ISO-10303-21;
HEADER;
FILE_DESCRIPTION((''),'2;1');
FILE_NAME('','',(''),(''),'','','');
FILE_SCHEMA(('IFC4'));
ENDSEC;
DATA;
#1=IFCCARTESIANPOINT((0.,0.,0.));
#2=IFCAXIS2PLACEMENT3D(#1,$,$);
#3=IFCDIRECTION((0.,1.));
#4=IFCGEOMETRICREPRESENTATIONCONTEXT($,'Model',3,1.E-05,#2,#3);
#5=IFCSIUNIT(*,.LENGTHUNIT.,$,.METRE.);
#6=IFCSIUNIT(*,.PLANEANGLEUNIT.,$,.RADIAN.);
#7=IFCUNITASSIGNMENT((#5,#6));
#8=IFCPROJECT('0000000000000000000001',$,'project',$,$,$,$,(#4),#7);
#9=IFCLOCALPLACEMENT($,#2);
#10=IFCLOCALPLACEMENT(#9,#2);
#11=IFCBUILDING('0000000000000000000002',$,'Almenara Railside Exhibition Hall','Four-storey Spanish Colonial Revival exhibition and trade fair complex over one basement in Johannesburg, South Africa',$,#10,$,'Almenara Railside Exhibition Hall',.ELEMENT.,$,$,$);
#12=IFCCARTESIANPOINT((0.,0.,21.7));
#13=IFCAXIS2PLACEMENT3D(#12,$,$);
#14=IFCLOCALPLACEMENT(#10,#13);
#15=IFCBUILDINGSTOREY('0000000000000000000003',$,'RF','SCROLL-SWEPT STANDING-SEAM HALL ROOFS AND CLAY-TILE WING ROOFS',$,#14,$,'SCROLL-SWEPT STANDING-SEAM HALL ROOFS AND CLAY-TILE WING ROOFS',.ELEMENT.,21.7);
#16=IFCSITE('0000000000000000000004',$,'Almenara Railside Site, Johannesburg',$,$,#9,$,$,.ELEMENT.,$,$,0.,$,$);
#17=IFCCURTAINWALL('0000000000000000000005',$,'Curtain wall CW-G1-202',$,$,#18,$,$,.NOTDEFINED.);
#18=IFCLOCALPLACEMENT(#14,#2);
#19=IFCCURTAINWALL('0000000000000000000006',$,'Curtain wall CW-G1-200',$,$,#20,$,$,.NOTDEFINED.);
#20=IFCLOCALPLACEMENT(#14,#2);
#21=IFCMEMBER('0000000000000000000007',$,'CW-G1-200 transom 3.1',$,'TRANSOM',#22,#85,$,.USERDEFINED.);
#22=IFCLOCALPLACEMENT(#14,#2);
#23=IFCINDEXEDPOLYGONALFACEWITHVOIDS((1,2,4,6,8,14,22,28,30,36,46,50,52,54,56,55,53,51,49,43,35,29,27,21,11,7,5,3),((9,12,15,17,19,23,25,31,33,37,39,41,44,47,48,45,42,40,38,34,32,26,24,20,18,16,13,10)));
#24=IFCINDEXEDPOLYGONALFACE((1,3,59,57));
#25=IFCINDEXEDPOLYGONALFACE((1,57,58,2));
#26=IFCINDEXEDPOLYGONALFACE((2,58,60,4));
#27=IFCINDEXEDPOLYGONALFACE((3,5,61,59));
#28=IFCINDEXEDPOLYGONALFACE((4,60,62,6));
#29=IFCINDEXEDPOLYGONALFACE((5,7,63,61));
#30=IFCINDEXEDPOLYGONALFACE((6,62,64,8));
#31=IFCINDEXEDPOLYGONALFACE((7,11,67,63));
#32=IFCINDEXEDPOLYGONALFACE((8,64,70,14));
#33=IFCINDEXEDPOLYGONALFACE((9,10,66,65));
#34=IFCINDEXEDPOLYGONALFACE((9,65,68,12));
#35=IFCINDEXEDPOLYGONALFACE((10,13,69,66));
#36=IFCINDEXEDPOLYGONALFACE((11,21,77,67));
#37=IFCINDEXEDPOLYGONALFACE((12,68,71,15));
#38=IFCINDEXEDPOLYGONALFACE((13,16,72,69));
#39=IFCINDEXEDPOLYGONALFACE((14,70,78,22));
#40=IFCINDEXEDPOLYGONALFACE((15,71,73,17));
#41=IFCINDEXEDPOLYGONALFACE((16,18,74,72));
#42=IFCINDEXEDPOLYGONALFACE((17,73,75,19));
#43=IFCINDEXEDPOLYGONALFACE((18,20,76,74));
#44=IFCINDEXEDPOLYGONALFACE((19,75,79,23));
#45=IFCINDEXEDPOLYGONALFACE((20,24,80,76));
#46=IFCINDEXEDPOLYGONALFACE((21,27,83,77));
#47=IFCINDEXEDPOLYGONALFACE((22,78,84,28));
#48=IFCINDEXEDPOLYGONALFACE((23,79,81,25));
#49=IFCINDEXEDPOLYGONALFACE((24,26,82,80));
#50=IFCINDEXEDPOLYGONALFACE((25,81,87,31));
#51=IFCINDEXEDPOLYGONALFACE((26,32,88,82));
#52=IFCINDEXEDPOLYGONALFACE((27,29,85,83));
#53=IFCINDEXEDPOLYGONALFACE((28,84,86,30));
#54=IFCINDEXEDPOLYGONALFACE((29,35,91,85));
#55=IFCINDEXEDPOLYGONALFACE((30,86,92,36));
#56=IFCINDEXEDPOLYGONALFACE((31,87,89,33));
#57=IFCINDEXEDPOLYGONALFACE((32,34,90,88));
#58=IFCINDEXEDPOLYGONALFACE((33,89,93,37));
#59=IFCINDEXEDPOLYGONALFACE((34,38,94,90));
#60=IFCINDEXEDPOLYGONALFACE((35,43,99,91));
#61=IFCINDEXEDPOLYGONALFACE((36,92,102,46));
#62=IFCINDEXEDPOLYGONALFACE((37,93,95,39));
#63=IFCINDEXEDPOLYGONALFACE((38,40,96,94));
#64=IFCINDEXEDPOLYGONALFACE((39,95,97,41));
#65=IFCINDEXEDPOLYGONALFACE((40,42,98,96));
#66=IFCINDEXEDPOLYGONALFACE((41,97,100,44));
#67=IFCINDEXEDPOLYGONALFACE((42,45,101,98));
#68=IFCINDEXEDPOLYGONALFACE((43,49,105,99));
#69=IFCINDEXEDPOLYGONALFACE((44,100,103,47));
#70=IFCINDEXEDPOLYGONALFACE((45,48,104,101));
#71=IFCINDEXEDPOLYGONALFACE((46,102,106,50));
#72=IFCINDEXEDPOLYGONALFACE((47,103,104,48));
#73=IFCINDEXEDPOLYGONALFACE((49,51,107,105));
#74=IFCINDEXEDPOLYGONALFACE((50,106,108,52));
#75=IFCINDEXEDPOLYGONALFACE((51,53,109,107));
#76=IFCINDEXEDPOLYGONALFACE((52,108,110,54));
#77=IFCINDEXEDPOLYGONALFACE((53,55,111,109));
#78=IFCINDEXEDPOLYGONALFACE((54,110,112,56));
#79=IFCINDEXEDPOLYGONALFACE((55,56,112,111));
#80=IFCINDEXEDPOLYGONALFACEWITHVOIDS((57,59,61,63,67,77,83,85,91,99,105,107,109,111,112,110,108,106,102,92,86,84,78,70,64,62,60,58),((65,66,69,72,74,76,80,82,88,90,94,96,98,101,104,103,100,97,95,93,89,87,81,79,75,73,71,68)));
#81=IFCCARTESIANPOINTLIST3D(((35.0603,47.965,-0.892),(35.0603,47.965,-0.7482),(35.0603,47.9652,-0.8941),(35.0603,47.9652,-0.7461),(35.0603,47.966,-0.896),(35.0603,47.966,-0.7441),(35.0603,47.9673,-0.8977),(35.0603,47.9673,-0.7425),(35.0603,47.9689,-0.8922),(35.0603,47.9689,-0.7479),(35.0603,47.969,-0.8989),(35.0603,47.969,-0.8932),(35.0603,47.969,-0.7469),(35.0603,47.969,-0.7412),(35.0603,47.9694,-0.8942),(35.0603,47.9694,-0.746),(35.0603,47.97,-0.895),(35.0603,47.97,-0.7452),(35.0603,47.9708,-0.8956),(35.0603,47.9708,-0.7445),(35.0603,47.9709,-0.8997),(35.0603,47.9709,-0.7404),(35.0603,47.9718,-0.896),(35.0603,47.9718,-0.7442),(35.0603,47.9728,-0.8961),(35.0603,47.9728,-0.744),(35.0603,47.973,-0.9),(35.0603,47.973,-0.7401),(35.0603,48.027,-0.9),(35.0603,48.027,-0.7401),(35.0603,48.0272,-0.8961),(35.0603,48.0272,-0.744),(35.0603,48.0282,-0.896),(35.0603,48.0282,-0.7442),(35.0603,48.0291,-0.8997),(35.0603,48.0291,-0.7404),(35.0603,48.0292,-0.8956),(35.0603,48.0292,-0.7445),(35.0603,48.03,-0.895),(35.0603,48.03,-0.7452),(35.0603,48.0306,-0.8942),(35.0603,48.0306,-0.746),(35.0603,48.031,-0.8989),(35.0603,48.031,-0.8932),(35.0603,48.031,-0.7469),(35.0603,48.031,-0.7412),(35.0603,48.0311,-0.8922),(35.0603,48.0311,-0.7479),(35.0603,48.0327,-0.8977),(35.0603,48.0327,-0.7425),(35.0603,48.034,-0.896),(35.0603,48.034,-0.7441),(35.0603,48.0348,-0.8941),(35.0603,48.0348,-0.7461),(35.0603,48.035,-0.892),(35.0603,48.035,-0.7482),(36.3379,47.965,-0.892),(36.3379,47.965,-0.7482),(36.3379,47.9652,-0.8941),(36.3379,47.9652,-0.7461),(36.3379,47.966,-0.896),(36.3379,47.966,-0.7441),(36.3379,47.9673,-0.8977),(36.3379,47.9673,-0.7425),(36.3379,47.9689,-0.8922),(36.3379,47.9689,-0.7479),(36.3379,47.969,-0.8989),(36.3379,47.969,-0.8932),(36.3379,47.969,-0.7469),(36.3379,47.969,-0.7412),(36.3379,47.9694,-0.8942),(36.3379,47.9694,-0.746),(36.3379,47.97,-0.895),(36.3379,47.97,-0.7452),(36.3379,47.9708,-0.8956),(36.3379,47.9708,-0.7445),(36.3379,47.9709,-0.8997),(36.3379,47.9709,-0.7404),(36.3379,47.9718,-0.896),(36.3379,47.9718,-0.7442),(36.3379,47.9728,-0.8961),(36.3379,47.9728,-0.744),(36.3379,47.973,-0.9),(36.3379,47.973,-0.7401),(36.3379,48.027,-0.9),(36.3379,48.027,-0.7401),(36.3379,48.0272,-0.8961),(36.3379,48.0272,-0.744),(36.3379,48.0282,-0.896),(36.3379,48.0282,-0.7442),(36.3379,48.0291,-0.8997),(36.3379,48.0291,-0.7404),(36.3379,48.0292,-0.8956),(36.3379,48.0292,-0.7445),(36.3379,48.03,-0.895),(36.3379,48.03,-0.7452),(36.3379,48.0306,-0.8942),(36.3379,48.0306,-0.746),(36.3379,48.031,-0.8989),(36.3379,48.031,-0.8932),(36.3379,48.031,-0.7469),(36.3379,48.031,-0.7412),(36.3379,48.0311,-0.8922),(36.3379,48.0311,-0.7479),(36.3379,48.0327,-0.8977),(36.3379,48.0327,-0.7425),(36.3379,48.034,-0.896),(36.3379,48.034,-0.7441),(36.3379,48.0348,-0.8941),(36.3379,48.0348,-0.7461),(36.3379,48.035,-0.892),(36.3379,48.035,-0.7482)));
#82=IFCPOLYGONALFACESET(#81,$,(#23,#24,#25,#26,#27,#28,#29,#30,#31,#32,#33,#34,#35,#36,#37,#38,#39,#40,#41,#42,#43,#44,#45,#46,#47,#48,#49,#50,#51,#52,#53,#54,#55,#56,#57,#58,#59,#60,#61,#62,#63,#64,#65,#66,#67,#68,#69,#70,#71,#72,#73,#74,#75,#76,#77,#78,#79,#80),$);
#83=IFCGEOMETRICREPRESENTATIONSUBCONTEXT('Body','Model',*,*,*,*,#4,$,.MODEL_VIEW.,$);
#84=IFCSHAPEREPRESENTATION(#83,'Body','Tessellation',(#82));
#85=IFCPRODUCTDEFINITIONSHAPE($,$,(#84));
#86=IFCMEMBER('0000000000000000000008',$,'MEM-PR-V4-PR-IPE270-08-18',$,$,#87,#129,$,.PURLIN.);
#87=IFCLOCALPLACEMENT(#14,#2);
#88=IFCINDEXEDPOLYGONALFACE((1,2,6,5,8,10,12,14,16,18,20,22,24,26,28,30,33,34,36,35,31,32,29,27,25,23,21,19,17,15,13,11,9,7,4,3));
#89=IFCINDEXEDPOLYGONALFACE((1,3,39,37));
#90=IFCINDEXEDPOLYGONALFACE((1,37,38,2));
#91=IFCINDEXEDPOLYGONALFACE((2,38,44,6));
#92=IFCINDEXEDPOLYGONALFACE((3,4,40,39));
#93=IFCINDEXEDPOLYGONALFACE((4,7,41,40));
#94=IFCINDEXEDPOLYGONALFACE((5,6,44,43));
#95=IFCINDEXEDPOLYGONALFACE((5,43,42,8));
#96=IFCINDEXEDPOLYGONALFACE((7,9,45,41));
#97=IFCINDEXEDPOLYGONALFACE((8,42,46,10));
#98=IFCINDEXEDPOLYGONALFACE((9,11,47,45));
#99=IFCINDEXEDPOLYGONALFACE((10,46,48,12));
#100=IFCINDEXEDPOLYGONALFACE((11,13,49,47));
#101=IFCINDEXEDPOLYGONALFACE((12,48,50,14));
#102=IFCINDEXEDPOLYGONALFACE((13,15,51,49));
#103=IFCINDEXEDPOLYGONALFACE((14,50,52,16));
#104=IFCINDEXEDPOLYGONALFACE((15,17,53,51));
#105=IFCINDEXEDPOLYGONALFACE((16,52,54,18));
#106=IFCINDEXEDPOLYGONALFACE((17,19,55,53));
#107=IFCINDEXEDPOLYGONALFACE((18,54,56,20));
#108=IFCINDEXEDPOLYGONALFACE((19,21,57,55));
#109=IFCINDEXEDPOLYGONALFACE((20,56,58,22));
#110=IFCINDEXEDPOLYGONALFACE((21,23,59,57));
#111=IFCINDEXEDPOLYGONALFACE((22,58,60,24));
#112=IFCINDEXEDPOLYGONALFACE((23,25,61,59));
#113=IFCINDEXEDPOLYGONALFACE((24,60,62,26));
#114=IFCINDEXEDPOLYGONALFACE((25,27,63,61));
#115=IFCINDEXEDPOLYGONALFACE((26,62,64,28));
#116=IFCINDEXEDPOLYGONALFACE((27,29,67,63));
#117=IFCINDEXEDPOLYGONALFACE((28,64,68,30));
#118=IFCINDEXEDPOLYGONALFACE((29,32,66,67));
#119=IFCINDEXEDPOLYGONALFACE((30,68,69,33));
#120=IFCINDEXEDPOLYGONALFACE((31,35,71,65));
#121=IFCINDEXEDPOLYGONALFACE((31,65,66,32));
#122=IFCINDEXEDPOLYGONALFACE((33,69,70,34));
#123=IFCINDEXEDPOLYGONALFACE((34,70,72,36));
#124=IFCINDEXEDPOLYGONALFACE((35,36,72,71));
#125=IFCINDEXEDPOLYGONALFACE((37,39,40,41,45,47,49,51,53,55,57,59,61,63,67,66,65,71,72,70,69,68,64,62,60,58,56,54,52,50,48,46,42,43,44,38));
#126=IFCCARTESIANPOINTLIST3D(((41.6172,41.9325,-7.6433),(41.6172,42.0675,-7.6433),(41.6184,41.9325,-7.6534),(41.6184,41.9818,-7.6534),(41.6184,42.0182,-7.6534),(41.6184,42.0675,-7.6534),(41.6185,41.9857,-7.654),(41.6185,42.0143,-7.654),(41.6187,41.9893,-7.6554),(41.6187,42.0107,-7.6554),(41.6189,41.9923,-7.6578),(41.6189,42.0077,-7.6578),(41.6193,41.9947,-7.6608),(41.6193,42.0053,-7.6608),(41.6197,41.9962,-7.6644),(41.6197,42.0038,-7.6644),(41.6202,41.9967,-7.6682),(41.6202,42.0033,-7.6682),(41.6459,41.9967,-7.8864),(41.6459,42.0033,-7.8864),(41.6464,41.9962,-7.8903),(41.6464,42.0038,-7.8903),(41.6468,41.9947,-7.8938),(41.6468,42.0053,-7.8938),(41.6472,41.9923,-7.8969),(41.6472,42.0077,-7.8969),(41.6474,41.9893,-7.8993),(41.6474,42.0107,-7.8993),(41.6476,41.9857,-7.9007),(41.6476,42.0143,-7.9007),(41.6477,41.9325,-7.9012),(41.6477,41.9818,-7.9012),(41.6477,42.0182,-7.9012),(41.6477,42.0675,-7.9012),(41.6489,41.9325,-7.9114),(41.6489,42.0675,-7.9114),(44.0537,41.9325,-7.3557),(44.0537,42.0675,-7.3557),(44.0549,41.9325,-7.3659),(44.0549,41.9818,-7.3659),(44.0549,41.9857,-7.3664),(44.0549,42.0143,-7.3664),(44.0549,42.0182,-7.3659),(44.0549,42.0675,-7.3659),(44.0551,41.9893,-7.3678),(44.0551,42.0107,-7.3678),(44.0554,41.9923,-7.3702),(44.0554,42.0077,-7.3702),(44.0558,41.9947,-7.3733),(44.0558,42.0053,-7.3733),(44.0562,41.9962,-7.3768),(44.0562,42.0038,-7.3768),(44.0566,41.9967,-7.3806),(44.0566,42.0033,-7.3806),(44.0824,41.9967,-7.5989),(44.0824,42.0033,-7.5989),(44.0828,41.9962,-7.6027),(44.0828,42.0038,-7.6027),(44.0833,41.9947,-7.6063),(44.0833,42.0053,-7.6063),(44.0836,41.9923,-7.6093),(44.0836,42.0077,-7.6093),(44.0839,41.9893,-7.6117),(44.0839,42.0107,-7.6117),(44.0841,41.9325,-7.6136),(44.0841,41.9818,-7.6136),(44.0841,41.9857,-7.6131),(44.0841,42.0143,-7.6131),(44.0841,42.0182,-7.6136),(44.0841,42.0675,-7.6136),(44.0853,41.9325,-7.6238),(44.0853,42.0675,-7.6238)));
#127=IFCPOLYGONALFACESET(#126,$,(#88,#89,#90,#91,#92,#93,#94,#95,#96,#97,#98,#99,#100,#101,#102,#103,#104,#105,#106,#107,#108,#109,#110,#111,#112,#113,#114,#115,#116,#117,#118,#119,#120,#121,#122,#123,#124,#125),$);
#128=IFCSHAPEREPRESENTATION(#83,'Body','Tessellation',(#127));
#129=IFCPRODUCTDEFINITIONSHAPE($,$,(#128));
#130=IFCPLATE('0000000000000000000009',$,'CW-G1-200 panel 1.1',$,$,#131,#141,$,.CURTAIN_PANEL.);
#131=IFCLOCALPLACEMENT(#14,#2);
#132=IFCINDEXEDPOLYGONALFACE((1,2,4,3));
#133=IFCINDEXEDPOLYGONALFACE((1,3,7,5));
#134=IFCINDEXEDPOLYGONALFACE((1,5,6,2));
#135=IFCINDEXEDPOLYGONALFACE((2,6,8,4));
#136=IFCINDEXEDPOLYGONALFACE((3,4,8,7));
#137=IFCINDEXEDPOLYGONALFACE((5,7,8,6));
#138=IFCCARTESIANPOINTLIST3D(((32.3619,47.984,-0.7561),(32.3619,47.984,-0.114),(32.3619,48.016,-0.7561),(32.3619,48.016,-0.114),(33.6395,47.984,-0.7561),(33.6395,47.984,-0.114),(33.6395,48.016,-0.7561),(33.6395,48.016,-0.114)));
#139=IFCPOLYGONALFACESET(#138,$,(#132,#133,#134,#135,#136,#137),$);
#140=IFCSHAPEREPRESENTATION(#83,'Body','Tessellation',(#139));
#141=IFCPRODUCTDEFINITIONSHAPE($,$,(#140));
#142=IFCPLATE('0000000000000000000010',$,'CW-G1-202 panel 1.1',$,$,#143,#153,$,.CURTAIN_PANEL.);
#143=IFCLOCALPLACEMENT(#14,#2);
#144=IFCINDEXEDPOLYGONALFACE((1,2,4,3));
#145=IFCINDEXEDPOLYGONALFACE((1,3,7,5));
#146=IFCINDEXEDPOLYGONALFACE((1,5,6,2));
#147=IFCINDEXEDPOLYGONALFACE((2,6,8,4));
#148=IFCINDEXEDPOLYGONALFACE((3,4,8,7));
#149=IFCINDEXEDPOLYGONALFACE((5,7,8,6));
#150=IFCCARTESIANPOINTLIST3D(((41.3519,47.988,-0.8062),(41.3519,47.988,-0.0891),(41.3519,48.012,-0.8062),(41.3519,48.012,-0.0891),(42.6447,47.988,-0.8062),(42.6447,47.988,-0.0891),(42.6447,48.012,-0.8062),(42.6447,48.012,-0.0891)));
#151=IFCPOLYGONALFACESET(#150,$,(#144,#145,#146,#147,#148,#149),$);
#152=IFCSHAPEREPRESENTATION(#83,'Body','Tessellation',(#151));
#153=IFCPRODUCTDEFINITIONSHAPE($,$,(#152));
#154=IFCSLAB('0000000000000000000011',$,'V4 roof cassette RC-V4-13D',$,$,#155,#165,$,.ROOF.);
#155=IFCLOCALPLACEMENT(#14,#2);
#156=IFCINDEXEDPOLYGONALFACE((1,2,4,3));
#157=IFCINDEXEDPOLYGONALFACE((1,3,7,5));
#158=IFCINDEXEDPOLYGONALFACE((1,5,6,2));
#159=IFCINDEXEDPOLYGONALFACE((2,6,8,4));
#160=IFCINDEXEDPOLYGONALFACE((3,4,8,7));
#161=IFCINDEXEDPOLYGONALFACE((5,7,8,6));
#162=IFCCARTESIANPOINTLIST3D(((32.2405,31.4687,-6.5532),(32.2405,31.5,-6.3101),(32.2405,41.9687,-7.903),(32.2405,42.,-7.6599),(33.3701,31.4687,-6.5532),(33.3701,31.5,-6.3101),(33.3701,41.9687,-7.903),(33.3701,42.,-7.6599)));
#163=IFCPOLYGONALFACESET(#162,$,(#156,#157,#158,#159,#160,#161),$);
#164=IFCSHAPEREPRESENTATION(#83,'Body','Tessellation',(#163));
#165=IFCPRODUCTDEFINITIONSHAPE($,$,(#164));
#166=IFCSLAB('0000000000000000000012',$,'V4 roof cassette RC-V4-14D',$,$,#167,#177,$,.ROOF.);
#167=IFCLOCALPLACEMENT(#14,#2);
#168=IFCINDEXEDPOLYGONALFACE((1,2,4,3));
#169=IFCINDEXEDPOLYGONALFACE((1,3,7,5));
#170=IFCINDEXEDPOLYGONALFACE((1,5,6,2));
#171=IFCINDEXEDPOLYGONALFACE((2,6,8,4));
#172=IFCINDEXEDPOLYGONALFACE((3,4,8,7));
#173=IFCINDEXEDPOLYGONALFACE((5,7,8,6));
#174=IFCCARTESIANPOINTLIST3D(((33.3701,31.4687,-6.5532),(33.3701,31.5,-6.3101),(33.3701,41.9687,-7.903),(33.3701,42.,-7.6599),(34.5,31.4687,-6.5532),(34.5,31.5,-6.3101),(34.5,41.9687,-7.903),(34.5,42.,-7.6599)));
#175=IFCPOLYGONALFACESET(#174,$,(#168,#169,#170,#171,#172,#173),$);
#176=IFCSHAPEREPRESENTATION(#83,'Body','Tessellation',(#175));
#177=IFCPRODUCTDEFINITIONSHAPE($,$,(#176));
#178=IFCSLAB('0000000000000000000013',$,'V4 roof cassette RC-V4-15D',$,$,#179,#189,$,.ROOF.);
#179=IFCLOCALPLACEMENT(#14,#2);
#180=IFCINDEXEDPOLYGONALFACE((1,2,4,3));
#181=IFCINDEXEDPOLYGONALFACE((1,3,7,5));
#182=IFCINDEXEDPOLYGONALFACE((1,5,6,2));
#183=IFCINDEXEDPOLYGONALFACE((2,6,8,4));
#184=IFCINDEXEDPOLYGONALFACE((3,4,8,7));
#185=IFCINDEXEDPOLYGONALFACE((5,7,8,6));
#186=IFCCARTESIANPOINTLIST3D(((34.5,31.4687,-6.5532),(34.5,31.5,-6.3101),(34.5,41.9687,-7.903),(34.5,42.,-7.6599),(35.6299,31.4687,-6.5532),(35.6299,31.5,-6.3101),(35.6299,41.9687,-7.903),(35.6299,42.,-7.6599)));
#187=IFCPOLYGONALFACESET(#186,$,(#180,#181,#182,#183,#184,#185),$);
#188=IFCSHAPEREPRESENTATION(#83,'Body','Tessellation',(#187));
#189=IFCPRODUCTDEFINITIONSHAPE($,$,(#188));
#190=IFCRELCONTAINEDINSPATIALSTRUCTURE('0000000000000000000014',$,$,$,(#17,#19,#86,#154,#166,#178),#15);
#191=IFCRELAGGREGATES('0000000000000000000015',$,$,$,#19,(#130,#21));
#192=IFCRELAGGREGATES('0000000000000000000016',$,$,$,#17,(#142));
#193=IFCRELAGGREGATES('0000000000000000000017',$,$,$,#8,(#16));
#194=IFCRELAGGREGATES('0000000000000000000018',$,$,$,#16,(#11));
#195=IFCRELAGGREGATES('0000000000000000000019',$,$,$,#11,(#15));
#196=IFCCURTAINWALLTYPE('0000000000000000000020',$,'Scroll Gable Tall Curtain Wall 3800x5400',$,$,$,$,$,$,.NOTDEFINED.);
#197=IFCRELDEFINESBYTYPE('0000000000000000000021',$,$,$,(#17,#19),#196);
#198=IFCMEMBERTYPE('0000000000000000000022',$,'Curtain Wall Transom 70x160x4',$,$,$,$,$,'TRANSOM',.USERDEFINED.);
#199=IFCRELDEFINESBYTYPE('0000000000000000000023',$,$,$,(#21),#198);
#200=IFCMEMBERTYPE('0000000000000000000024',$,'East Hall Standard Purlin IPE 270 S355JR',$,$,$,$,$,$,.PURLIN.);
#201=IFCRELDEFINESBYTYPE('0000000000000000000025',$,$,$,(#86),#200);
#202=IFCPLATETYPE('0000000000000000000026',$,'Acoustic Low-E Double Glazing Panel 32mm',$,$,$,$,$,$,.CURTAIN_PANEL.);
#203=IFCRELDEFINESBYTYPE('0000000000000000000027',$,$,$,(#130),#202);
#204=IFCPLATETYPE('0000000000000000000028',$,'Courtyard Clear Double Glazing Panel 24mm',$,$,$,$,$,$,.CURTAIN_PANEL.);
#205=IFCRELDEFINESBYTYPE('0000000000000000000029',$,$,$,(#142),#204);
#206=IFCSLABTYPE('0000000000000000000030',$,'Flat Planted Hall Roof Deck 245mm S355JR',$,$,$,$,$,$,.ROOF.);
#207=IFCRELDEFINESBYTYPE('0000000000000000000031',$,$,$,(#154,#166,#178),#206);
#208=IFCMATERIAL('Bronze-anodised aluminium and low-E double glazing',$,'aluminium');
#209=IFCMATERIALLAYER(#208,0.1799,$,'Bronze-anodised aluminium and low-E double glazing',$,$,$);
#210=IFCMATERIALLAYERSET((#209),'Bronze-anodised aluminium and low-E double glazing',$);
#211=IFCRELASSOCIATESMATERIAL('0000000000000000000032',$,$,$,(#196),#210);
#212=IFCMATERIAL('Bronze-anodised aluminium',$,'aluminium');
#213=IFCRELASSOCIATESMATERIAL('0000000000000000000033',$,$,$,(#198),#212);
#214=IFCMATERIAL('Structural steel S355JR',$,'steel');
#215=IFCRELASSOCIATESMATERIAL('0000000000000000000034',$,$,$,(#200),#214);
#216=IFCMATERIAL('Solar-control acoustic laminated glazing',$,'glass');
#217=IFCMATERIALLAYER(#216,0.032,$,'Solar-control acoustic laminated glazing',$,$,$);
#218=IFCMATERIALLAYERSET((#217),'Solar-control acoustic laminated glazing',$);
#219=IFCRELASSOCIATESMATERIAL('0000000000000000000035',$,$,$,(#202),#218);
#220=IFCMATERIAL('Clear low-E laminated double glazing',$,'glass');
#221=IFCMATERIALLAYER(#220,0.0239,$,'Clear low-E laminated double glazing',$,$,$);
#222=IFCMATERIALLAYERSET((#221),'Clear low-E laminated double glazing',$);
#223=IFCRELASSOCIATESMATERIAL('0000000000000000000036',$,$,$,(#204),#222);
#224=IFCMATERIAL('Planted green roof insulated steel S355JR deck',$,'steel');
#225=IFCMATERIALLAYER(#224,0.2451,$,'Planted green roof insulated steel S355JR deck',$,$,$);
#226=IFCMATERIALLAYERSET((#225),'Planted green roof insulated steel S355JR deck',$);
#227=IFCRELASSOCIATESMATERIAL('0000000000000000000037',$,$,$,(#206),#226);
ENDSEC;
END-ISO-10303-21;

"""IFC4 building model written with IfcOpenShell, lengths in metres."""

from ifc_helpers import new_model, si_unit, direction, frame, origin, origin_2d, place, context, subcontext, project, spatial, polyline, rectangle, hollow_rectangle, i_section, outline, extrude, material, layer, layer_set, material_profile, profile_set, type_object, element, aggregate, save


model = new_model("IFC4")

# Units and contexts
model_context = context("Model", 3, precision=1e-05, world=origin(), true_north=direction((0.0, 1.0)))
body_context = subcontext(model_context, "Body", "Model", "MODEL_VIEW")
ifc_project = project(units=[si_unit("LENGTHUNIT", "METRE"), si_unit("PLANEANGLEUNIT", "RADIAN")], contexts=[model_context])

# Site, building, storey
site_placement = place(None, origin())
site = spatial("IfcSite", under=ifc_project, at=site_placement, Name="Almenara Railside Site, Johannesburg", CompositionType="ELEMENT", RefElevation=0.0)
building_placement = place(site_placement, origin())
building = spatial("IfcBuilding", under=site, at=building_placement, Name="Almenara Railside Exhibition Hall", Description="Four-storey Spanish Colonial Revival exhibition and trade fair complex over one basement in Johannesburg, South Africa", LongName="Almenara Railside Exhibition Hall", CompositionType="ELEMENT")
storey_placement = place(building_placement, frame((0.0, 0.0, 21.7)))
storey = spatial("IfcBuildingStorey", under=building, at=storey_placement, Name="RF", Description="SCROLL-SWEPT STANDING-SEAM HALL ROOFS AND CLAY-TILE WING ROOFS", LongName="SCROLL-SWEPT STANDING-SEAM HALL ROOFS AND CLAY-TILE WING ROOFS", CompositionType="ELEMENT", Elevation=21.7)

# Curtain walls
ifc_material_1 = material(Name="Bronze-anodised aluminium and low-E double glazing", Category="aluminium")
ifc_layer_1 = layer(ifc_material_1, 0.1799, Name="Bronze-anodised aluminium and low-E double glazing")
ifc_layer_set_1 = layer_set([ifc_layer_1], Name="Bronze-anodised aluminium and low-E double glazing")
curtain_wall_type = type_object("IfcCurtainWallType", Name="Scroll Gable Tall Curtain Wall 3800x5400", PredefinedType="NOTDEFINED", material=ifc_layer_set_1)
ifc_material_2 = material(Name="Bronze-anodised aluminium", Category="aluminium")
curtain_wall_1_placement = place(storey_placement, origin())
curtain_wall_1 = element("IfcCurtainWall", 1, at=curtain_wall_1_placement, inside=storey, type_object=curtain_wall_type, Name="Curtain wall CW-G1-202", PredefinedType="NOTDEFINED")
curtain_wall_2_placement = place(storey_placement, origin())
curtain_wall_2 = element("IfcCurtainWall", 2, at=curtain_wall_2_placement, inside=storey, type_object=curtain_wall_type, Name="Curtain wall CW-G1-200", PredefinedType="NOTDEFINED")

# Members
ifc_material_profile_1 = material_profile(ifc_material_2, hollow_rectangle(XDim=0.0701, YDim=0.1599, WallThickness=0.0039, InnerFilletRadius=0.0039, OuterFilletRadius=0.0081, at=origin_2d()), Name="ALU-TRN 70x160x4")
ifc_profile_set_1 = profile_set([ifc_material_profile_1], Name="Bronze-anodised aluminium")
member_type_1 = type_object("IfcMemberType", Name="Curtain Wall Transom 70x160x4", ElementType="TRANSOM", PredefinedType="USERDEFINED", material=ifc_profile_set_1)
member_1_placement = place(storey_placement, frame((35.0603, 48.0, -0.8201), z_axis=(1.0, 0.0, 0.0), x_axis=(0.0, 1.0, 0.0)))
member_1 = element("IfcMember", 3, at=member_1_placement, type_object=member_type_1, Name="CW-G1-200 transom 3.1", ObjectType="TRANSOM", PredefinedType="USERDEFINED", context=body_context, shape_type="SweptSolid", body=[
    extrude(hollow_rectangle(XDim=0.0701, YDim=0.1599, WallThickness=0.0039, InnerFilletRadius=0.0039, OuterFilletRadius=0.0081, at=origin_2d()), origin(), (0.0, 0.0, 1.0), 1.2776),
])
ifc_material_3 = material(Name="Structural steel S355JR", Category="steel")
ifc_material_profile_2 = material_profile(ifc_material_3, i_section(OverallWidth=0.135, OverallDepth=0.27, WebThickness=0.0066, FlangeThickness=0.0103, FilletRadius=0.0149, at=origin_2d()), Name="IPE 270")
ifc_profile_set_2 = profile_set([ifc_material_profile_2], Name="Structural steel S355JR")
member_type_2 = type_object("IfcMemberType", Name="East Hall Standard Purlin IPE 270 S355JR", PredefinedType="PURLIN", material=ifc_profile_set_2)
member_2_placement = place(storey_placement, frame((41.6331, 42.0, -7.7773), z_axis=(0.993106, 0.0, 0.117222), x_axis=(0.0, 1.0, 0.0)))
element("IfcMember", 4, at=member_2_placement, inside=storey, type_object=member_type_2, Name="MEM-PR-V4-PR-IPE270-08-18", PredefinedType="PURLIN", context=body_context, shape_type="SweptSolid", body=[
    extrude(i_section(OverallWidth=0.135, OverallDepth=0.27, WebThickness=0.0066, FlangeThickness=0.0103, FilletRadius=0.0149, at=origin_2d()), origin(), (0.0, 0.0, 1.0), 2.4534),
])

# Plates
ifc_material_4 = material(Name="Solar-control acoustic laminated glazing", Category="glass")
ifc_layer_2 = layer(ifc_material_4, 0.032, Name="Solar-control acoustic laminated glazing")
ifc_layer_set_2 = layer_set([ifc_layer_2], Name="Solar-control acoustic laminated glazing")
plate_type_1 = type_object("IfcPlateType", Name="Acoustic Low-E Double Glazing Panel 32mm", PredefinedType="CURTAIN_PANEL", material=ifc_layer_set_2)
plate_1_placement = place(storey_placement, frame((33.0007, 48.0, -0.7561), z_axis=(0.0, 0.0, 1.0), x_axis=(1.0, 0.0, 0.0)))
plate_1 = element("IfcPlate", 5, at=plate_1_placement, type_object=plate_type_1, Name="CW-G1-200 panel 1.1", PredefinedType="CURTAIN_PANEL", context=body_context, shape_type="SweptSolid", body=[
    extrude(rectangle(XDim=1.2776, YDim=0.032, at=origin_2d()), origin(), (0.0, 0.0, 1.0), 0.6421),
])
aggregate(curtain_wall_2, [plate_1, member_1])
ifc_material_5 = material(Name="Clear low-E laminated double glazing", Category="glass")
ifc_layer_3 = layer(ifc_material_5, 0.0239, Name="Clear low-E laminated double glazing")
ifc_layer_set_3 = layer_set([ifc_layer_3], Name="Clear low-E laminated double glazing")
plate_type_2 = type_object("IfcPlateType", Name="Courtyard Clear Double Glazing Panel 24mm", PredefinedType="CURTAIN_PANEL", material=ifc_layer_set_3)
plate_2_placement = place(storey_placement, frame((41.9983, 48.0, -0.8062), z_axis=(0.0, 0.0, 1.0), x_axis=(1.0, 0.0, 0.0)))
plate_2 = element("IfcPlate", 6, at=plate_2_placement, type_object=plate_type_2, Name="CW-G1-202 panel 1.1", PredefinedType="CURTAIN_PANEL", context=body_context, shape_type="SweptSolid", body=[
    extrude(rectangle(XDim=1.2927, YDim=0.0239, at=origin_2d()), origin(), (0.0, 0.0, 1.0), 0.717),
])
aggregate(curtain_wall_1, [plate_2])

# Slabs
ifc_material_6 = material(Name="Planted green roof insulated steel S355JR deck", Category="steel")
ifc_layer_4 = layer(ifc_material_6, 0.2451, Name="Planted green roof insulated steel S355JR deck")
ifc_layer_set_4 = layer_set([ifc_layer_4], Name="Planted green roof insulated steel S355JR deck")
slab_type_1 = type_object("IfcSlabType", Name="Flat Planted Hall Roof Deck 245mm S355JR", PredefinedType="ROOF", material=ifc_layer_set_4)
slab_1_placement = place(storey_placement, frame((32.2405, 42.0, -7.6599), z_axis=(0.0, 0.127508, 0.991838), x_axis=(1.0, 0.0, 0.0)))
element("IfcSlab", 7, at=slab_1_placement, inside=storey, type_object=slab_type_1, Name="V4 roof cassette RC-V4-13D", PredefinedType="ROOF", context=body_context, shape_type="SweptSolid", body=[
    extrude(outline(polyline([(0.0, 0.0), (1.1296, 0.0), (1.1296, -10.5864), (0.0, -10.5864), (0.0, 0.0)])), origin(), (0.0, 0.0, -1.0), 0.2451),
])
for number, where, z_axis, x_axis, name in (
    (8, (33.3701, 42.0, -7.6599), (0.0, 0.127508, 0.991838), (1.0, 0.0, 0.0), "V4 roof cassette RC-V4-14D"),
    (9, (34.5, 42.0, -7.6599), (0.0, 0.127508, 0.991838), (1.0, 0.0, 0.0), "V4 roof cassette RC-V4-15D"),
):
    element("IfcSlab", number, at=place(storey_placement, frame(where, z_axis=z_axis, x_axis=x_axis)), inside=storey, type_object=slab_type_1, Name=name, PredefinedType="ROOF", context=body_context, shape_type="SweptSolid", body=[
        extrude(outline(polyline([(0.0, 0.0), (1.1299, 0.0), (1.1299, -10.5864), (0.0, -10.5864), (0.0, 0.0)])), origin(), (0.0, 0.0, -1.0), 0.2451),
    ])

save(model, "model.ifc")
